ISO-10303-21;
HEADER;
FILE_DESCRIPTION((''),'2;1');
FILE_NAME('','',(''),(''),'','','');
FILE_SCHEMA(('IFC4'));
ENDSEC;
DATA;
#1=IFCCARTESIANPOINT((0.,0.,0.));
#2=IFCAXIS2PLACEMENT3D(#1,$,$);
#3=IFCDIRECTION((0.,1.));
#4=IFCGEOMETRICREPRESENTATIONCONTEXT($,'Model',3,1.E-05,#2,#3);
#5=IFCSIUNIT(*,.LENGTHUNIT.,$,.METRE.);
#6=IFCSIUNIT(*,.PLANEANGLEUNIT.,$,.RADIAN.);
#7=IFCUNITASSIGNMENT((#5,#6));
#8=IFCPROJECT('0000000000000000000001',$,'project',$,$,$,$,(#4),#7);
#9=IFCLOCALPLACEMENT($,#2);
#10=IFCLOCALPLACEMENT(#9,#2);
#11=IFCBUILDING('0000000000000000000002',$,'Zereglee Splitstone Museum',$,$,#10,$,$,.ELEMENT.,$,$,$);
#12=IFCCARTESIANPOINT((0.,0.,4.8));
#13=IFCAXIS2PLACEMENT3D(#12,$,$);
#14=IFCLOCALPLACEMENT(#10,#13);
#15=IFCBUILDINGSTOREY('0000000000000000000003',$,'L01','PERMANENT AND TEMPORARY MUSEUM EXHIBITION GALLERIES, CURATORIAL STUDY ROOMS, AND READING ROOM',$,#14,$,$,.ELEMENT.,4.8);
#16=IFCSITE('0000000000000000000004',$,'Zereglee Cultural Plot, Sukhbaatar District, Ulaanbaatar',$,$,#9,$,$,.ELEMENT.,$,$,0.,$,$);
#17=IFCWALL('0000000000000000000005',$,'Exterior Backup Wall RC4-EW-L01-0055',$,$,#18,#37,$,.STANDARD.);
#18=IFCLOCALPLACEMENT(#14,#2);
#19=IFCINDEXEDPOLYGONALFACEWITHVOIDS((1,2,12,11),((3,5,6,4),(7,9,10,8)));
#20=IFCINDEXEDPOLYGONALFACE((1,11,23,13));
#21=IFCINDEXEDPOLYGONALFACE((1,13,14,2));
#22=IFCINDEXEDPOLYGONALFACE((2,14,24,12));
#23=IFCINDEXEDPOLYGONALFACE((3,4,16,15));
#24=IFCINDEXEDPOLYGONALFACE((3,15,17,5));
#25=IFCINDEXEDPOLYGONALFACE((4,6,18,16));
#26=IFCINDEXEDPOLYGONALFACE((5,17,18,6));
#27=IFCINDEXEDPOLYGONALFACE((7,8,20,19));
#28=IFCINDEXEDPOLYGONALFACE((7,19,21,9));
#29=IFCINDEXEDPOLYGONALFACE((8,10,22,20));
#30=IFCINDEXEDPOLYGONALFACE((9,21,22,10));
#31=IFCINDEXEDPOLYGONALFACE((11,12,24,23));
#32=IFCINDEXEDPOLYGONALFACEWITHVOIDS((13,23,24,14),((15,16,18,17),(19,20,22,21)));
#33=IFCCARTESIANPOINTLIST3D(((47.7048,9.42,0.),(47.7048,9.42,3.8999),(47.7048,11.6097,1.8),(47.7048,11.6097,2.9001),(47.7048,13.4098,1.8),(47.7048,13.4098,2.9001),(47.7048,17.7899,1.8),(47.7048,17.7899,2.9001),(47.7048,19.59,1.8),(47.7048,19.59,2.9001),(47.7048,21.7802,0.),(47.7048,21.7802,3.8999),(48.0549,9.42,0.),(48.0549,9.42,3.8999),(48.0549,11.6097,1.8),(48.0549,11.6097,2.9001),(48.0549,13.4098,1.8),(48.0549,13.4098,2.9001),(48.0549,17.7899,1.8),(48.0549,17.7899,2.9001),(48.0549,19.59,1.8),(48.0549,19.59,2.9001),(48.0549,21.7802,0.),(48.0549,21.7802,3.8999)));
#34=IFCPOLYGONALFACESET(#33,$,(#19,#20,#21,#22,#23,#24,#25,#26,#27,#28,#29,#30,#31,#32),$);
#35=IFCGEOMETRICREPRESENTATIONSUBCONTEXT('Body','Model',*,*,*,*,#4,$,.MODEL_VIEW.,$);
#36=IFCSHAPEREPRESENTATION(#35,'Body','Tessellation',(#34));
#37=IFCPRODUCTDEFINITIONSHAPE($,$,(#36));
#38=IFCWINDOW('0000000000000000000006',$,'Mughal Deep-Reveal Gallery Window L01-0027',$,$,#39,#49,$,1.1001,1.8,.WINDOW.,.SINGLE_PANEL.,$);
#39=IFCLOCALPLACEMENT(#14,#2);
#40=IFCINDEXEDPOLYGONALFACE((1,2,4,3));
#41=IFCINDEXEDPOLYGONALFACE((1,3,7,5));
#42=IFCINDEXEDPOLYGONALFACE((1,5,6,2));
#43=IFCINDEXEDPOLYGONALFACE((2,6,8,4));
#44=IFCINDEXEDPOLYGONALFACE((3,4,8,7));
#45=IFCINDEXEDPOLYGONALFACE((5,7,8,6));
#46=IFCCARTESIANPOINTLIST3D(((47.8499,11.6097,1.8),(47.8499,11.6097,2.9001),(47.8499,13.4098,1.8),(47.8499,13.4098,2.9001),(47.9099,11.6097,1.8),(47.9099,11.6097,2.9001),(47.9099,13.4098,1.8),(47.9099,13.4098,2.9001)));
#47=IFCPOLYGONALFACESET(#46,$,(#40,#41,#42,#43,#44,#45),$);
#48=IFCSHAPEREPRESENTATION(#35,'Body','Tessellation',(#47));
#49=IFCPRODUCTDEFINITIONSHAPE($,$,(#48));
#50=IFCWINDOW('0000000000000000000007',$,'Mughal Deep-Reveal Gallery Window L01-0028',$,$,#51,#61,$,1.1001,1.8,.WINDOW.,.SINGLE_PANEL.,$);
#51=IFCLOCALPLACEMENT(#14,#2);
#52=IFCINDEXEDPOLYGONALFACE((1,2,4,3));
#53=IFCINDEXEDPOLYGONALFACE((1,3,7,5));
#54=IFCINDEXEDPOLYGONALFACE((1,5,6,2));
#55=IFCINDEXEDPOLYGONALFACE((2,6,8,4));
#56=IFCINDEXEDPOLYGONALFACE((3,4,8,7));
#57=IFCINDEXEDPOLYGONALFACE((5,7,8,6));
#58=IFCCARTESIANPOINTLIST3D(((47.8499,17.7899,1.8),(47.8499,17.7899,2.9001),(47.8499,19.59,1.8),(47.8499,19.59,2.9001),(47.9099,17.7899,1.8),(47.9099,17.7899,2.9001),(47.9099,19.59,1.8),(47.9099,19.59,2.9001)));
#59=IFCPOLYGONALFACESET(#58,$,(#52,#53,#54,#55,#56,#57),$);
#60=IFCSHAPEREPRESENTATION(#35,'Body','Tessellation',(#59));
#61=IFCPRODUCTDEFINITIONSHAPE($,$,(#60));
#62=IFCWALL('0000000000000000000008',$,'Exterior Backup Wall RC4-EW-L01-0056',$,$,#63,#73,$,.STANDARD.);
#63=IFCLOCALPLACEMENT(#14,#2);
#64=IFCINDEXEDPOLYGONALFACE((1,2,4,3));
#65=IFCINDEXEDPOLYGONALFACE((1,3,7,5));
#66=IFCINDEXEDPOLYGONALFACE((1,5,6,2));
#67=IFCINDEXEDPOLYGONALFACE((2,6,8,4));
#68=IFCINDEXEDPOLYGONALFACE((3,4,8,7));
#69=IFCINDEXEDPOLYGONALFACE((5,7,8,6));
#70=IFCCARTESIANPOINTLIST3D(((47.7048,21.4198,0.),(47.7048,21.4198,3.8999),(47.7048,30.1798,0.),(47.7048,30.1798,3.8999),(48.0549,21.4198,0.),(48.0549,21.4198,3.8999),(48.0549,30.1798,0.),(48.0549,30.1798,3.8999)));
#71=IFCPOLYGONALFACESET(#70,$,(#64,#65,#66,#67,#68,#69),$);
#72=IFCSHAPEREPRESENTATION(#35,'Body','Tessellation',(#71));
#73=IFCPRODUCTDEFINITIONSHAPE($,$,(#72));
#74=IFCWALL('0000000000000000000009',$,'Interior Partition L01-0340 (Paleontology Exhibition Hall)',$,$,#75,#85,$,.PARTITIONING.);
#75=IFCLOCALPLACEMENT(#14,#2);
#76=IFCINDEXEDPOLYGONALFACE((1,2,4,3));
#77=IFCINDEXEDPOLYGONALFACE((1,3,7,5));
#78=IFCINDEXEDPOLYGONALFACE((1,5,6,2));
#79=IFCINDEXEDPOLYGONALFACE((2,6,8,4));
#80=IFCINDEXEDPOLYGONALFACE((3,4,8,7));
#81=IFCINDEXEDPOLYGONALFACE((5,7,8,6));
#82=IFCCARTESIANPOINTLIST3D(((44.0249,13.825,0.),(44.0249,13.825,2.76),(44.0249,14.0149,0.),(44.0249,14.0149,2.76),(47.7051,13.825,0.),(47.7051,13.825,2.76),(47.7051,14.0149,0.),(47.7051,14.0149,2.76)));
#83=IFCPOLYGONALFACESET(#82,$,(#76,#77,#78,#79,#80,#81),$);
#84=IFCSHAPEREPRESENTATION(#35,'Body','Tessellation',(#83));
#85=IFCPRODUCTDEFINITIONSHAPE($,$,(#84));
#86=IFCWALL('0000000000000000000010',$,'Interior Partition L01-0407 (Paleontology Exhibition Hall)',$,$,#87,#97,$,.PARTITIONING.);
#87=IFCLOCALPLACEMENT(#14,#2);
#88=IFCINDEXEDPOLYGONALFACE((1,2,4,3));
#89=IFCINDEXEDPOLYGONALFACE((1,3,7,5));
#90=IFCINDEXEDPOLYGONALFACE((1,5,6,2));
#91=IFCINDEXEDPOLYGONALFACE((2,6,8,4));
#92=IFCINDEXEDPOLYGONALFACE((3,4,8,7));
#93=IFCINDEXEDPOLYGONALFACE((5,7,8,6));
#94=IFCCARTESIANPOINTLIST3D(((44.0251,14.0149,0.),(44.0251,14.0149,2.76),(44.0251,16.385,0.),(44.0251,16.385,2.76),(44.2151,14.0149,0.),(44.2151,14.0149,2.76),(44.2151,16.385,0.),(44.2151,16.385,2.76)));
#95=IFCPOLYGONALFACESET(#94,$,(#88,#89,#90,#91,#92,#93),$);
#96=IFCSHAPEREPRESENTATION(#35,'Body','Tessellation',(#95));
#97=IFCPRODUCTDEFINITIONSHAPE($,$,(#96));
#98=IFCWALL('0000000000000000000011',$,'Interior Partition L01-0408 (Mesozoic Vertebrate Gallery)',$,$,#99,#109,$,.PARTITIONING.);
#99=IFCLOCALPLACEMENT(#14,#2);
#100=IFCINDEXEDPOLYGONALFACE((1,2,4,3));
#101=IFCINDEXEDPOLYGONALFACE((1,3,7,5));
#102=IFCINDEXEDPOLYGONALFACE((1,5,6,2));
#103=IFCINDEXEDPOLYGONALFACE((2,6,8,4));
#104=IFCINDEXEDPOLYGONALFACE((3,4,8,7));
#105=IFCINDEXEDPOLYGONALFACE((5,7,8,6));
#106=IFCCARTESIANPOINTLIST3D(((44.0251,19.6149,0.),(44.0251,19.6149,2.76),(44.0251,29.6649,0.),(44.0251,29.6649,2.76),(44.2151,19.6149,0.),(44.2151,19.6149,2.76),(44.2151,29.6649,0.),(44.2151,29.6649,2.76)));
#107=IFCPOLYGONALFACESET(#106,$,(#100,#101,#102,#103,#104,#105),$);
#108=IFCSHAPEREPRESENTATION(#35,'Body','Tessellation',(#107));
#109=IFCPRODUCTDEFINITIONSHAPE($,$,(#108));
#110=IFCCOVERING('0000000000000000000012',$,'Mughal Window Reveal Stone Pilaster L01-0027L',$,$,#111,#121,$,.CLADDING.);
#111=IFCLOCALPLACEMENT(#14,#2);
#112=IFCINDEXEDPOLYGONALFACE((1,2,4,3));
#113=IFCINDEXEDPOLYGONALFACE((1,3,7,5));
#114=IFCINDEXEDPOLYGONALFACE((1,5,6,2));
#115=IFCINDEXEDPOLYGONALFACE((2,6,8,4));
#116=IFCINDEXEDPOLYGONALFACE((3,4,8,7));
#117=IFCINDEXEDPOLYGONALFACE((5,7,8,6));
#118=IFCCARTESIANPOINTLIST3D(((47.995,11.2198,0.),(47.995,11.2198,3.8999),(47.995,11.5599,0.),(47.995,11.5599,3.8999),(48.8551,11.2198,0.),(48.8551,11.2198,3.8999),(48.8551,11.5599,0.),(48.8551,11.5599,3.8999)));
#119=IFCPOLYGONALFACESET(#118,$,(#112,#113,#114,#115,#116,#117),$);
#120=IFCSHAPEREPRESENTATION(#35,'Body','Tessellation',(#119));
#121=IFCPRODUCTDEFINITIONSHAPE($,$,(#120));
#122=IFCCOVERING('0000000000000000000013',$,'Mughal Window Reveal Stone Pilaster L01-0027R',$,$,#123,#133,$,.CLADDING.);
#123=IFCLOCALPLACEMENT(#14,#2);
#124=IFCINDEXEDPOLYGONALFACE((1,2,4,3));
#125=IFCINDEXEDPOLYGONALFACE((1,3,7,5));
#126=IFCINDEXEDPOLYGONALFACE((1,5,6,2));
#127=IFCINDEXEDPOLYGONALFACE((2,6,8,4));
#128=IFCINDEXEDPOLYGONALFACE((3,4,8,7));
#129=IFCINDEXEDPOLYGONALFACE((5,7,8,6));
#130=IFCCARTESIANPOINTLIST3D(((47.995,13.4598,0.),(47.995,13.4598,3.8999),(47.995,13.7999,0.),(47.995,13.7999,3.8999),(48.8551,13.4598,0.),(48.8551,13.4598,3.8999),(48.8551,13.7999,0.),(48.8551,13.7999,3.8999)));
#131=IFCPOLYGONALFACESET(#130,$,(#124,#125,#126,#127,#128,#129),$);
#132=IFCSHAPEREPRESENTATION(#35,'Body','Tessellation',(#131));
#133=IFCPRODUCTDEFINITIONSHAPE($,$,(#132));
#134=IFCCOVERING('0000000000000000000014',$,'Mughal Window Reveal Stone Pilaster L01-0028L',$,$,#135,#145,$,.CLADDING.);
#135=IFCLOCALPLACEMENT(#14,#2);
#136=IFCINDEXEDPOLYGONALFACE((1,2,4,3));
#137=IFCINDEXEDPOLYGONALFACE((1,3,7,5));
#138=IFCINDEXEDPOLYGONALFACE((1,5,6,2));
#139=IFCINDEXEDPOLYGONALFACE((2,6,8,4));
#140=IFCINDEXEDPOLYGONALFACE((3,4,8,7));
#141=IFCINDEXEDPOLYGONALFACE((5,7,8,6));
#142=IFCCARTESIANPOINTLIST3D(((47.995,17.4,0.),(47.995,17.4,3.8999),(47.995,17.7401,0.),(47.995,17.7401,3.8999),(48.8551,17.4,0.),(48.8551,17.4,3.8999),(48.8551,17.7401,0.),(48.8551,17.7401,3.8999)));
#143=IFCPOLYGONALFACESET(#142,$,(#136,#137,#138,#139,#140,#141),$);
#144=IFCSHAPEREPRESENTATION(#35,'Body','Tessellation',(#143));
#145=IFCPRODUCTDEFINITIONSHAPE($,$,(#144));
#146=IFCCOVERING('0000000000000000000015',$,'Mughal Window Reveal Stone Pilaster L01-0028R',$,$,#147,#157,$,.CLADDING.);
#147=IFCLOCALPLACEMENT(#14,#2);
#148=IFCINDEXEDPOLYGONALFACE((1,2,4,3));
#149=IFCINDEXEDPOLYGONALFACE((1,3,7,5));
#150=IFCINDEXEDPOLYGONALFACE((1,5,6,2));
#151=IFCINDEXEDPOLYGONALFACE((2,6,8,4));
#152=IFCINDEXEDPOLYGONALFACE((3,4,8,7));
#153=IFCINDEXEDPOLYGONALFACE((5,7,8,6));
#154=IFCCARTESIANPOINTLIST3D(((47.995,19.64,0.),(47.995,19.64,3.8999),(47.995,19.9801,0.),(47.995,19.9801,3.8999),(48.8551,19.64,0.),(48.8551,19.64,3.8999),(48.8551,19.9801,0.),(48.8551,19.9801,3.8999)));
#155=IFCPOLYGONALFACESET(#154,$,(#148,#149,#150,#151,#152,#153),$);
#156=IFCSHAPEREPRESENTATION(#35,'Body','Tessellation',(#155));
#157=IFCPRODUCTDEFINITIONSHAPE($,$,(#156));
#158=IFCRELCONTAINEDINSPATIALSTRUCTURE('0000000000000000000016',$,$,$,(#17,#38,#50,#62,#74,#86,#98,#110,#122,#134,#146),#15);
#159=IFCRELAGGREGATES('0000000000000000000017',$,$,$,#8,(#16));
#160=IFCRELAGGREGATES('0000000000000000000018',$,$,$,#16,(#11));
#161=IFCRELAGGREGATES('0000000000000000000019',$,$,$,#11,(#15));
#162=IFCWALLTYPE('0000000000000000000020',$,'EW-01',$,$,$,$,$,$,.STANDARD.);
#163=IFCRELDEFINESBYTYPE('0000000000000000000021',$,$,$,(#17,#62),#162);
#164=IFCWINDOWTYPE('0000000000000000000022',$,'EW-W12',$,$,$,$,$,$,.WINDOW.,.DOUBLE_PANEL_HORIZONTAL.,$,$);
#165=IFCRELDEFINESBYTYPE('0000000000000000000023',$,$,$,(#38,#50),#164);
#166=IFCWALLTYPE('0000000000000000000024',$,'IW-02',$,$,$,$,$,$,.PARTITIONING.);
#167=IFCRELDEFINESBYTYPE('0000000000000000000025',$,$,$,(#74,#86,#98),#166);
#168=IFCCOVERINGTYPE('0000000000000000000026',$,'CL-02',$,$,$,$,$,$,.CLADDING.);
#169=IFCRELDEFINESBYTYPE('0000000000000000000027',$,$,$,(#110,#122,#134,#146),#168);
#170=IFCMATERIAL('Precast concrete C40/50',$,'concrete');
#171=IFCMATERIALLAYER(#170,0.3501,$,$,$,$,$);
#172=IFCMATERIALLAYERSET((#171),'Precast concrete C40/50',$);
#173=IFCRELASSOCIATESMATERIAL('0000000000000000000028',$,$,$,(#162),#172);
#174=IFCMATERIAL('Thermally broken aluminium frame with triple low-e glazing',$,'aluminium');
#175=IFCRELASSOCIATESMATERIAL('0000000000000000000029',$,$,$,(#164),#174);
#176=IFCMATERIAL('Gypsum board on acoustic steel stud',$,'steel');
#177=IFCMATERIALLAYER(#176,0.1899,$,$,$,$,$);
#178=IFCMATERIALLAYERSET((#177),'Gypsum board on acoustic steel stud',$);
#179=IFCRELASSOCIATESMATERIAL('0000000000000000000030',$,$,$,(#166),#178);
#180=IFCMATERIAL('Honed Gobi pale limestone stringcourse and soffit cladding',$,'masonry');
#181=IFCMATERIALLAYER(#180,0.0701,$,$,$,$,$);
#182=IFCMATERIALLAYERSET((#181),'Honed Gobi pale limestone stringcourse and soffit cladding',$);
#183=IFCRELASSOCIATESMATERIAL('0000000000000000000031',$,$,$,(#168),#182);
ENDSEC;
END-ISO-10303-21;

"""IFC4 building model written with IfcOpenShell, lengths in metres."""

from ifc_helpers import new_model, si_unit, direction, frame, frame_2d, origin, origin_2d, place, context, subcontext, project, spatial, rectangle, extrude, material, layer, layer_set, type_object, element, fill, save


model = new_model("IFC4")

# Units and contexts
model_context = context("Model", 3, precision=1e-05, world=origin(), true_north=direction((0.0, 1.0)))
body_context = subcontext(model_context, "Body", "Model", "MODEL_VIEW")
ifc_project = project(units=[si_unit("LENGTHUNIT", "METRE"), si_unit("PLANEANGLEUNIT", "RADIAN")], contexts=[model_context])

# Site, building, storey
site_placement = place(None, origin())
site = spatial("IfcSite", under=ifc_project, at=site_placement, Name="Zereglee Cultural Plot, Sukhbaatar District, Ulaanbaatar", CompositionType="ELEMENT", RefElevation=0.0)
building_placement = place(site_placement, origin())
building = spatial("IfcBuilding", under=site, at=building_placement, Name="Zereglee Splitstone Museum", CompositionType="ELEMENT")
storey_placement = place(building_placement, frame((0.0, 0.0, 4.8)))
storey = spatial("IfcBuildingStorey", under=building, at=storey_placement, Name="L01", Description="PERMANENT AND TEMPORARY MUSEUM EXHIBITION GALLERIES, CURATORIAL STUDY ROOMS, AND READING ROOM", CompositionType="ELEMENT", Elevation=4.8)

# Wall, openings, windows
ifc_material_1 = material(Name="Precast concrete C40/50", Category="concrete")
ifc_layer_1 = layer(ifc_material_1, 0.3501)
ifc_layer_set_1 = layer_set([ifc_layer_1], Name="Precast concrete C40/50")
wall_type_1 = type_object("IfcWallType", Name="EW-01", PredefinedType="STANDARD", material=ifc_layer_set_1)
wall_1_placement = place(storey_placement, frame((47.8799, 9.4199, 0.0), z_axis=(0.0, 0.0, 1.0), x_axis=(0.0, 1.0, 0.0)))
wall_1 = element("IfcWall", 1, at=wall_1_placement, inside=storey, type_object=wall_type_1, Name="Exterior Backup Wall RC4-EW-L01-0055", PredefinedType="STANDARD", context=body_context, shape_type="SweptSolid", body=[
    extrude(rectangle(XDim=12.3601, YDim=0.3501, at=frame_2d((6.1802, 0.0))), origin(), (0.0, 0.0, 1.0), 3.8999),
])
opening_1_placement = place(wall_1_placement, frame((2.1899, 0.0, 1.8)))
opening_1 = element("IfcOpeningElement", 2, at=opening_1_placement, cuts=wall_1, PredefinedType="OPENING", context=body_context, shape_type="SweptSolid", body=[
    extrude(rectangle(XDim=1.8, YDim=1.1001, at=frame_2d((0.8999, 0.55))), frame((0.0, 0.1899, 0.0), z_axis=(0.0, -1.0, 0.0), x_axis=(1.0, 0.0, 0.0)), (0.0, 0.0, 1.0), 0.3799),
])
opening_2_placement = place(wall_1_placement, frame((8.3701, 0.0, 1.8)))
opening_2 = element("IfcOpeningElement", 3, at=opening_2_placement, cuts=wall_1, PredefinedType="OPENING", context=body_context, shape_type="SweptSolid", body=[
    extrude(rectangle(XDim=1.8, YDim=1.1001, at=frame_2d((0.8999, 0.55))), frame((0.0, 0.1899, 0.0), z_axis=(0.0, -1.0, 0.0), x_axis=(1.0, 0.0, 0.0)), (0.0, 0.0, 1.0), 0.3799),
])
ifc_material_2 = material(Name="Thermally broken aluminium frame with triple low-e glazing", Category="aluminium")
window_type = type_object("IfcWindowType", Name="EW-W12", PartitioningType="DOUBLE_PANEL_HORIZONTAL", PredefinedType="WINDOW", material=ifc_material_2)
window_1_placement = place(opening_1_placement, origin())
window_1 = element("IfcWindow", 4, at=window_1_placement, inside=storey, type_object=window_type, Name="Mughal Deep-Reveal Gallery Window L01-0027", OverallHeight=1.1001, OverallWidth=1.8, PartitioningType="SINGLE_PANEL", PredefinedType="WINDOW", context=body_context, shape_type="SweptSolid", body=[
    extrude(rectangle(XDim=1.8, YDim=1.1001, at=frame_2d((0.8999, 0.55))), frame((0.0, 0.03, 0.0), z_axis=(0.0, -1.0, 0.0), x_axis=(1.0, 0.0, 0.0)), (0.0, 0.0, 1.0), 0.0601),
])
fill(opening_1, window_1)
window_2_placement = place(opening_2_placement, origin())
window_2 = element("IfcWindow", 5, at=window_2_placement, inside=storey, type_object=window_type, Name="Mughal Deep-Reveal Gallery Window L01-0028", OverallHeight=1.1001, OverallWidth=1.8, PartitioningType="SINGLE_PANEL", PredefinedType="WINDOW", context=body_context, shape_type="SweptSolid", body=[
    extrude(rectangle(XDim=1.8, YDim=1.1001, at=frame_2d((0.8999, 0.55))), frame((0.0, 0.03, 0.0), z_axis=(0.0, -1.0, 0.0), x_axis=(1.0, 0.0, 0.0)), (0.0, 0.0, 1.0), 0.0601),
])
fill(opening_2, window_2)

# Walls
wall_2_placement = place(storey_placement, frame((47.8799, 21.4199, 0.0), z_axis=(0.0, 0.0, 1.0), x_axis=(0.0, 1.0, 0.0)))
element("IfcWall", 6, at=wall_2_placement, inside=storey, type_object=wall_type_1, Name="Exterior Backup Wall RC4-EW-L01-0056", PredefinedType="STANDARD", context=body_context, shape_type="SweptSolid", body=[
    extrude(rectangle(XDim=8.76, YDim=0.3501, at=frame_2d((4.3799, 0.0))), origin(), (0.0, 0.0, 1.0), 3.8999),
])
ifc_material_3 = material(Name="Gypsum board on acoustic steel stud", Category="steel")
ifc_layer_2 = layer(ifc_material_3, 0.1899)
ifc_layer_set_2 = layer_set([ifc_layer_2], Name="Gypsum board on acoustic steel stud")
wall_type_2 = type_object("IfcWallType", Name="IW-02", PredefinedType="PARTITIONING", material=ifc_layer_set_2)
wall_3_placement = place(storey_placement, frame((44.0249, 13.9199, 0.0), z_axis=(0.0, 0.0, 1.0), x_axis=(1.0, 0.0, 0.0)))
element("IfcWall", 7, at=wall_3_placement, inside=storey, type_object=wall_type_2, Name="Interior Partition L01-0340 (Paleontology Exhibition Hall)", PredefinedType="PARTITIONING", context=body_context, shape_type="SweptSolid", body=[
    extrude(rectangle(XDim=3.6802, YDim=0.1899, at=frame_2d((1.8401, 0.0))), origin(), (0.0, 0.0, 1.0), 2.76),
])
wall_4_placement = place(storey_placement, frame((44.1201, 14.0149, 0.0), z_axis=(0.0, 0.0, 1.0), x_axis=(0.0, 1.0, 0.0)))
element("IfcWall", 8, at=wall_4_placement, inside=storey, type_object=wall_type_2, Name="Interior Partition L01-0407 (Paleontology Exhibition Hall)", PredefinedType="PARTITIONING", context=body_context, shape_type="SweptSolid", body=[
    extrude(rectangle(XDim=2.3701, YDim=0.1899, at=frame_2d((1.1851, 0.0))), origin(), (0.0, 0.0, 1.0), 2.76),
])
wall_5_placement = place(storey_placement, frame((44.1201, 19.615, 0.0), z_axis=(0.0, 0.0, 1.0), x_axis=(0.0, 1.0, 0.0)))
element("IfcWall", 9, at=wall_5_placement, inside=storey, type_object=wall_type_2, Name="Interior Partition L01-0408 (Mesozoic Vertebrate Gallery)", PredefinedType="PARTITIONING", context=body_context, shape_type="SweptSolid", body=[
    extrude(rectangle(XDim=10.05, YDim=0.1899, at=frame_2d((5.0249, 0.0))), origin(), (0.0, 0.0, 1.0), 2.76),
])

# Coverings
ifc_material_4 = material(Name="Honed Gobi pale limestone stringcourse and soffit cladding", Category="masonry")
ifc_layer_3 = layer(ifc_material_4, 0.0701)
ifc_layer_set_3 = layer_set([ifc_layer_3], Name="Honed Gobi pale limestone stringcourse and soffit cladding")
covering_type = type_object("IfcCoveringType", Name="CL-02", PredefinedType="CLADDING", material=ifc_layer_set_3)
for number, where, z_axis, x_axis, name in (
    (10, (48.425, 11.3899, 0.0), (0.0, 0.0, 1.0), (0.0, 1.0, 0.0), "Mughal Window Reveal Stone Pilaster L01-0027L"),
    (11, (48.425, 13.6299, 0.0), (0.0, 0.0, 1.0), (0.0, 1.0, 0.0), "Mughal Window Reveal Stone Pilaster L01-0027R"),
    (12, (48.425, 17.5701, 0.0), (0.0, 0.0, 1.0), (0.0, 1.0, 0.0), "Mughal Window Reveal Stone Pilaster L01-0028L"),
    (13, (48.425, 19.8101, 0.0), (0.0, 0.0, 1.0), (0.0, 1.0, 0.0), "Mughal Window Reveal Stone Pilaster L01-0028R"),
):
    element("IfcCovering", number, at=place(storey_placement, frame(where, z_axis=z_axis, x_axis=x_axis)), inside=storey, type_object=covering_type, Name=name, PredefinedType="CLADDING", context=body_context, shape_type="SweptSolid", body=[
        extrude(rectangle(XDim=0.3401, YDim=0.8601, at=origin_2d()), origin(), (0.0, 0.0, 1.0), 3.8999),
    ])

save(model, "model.ifc")
